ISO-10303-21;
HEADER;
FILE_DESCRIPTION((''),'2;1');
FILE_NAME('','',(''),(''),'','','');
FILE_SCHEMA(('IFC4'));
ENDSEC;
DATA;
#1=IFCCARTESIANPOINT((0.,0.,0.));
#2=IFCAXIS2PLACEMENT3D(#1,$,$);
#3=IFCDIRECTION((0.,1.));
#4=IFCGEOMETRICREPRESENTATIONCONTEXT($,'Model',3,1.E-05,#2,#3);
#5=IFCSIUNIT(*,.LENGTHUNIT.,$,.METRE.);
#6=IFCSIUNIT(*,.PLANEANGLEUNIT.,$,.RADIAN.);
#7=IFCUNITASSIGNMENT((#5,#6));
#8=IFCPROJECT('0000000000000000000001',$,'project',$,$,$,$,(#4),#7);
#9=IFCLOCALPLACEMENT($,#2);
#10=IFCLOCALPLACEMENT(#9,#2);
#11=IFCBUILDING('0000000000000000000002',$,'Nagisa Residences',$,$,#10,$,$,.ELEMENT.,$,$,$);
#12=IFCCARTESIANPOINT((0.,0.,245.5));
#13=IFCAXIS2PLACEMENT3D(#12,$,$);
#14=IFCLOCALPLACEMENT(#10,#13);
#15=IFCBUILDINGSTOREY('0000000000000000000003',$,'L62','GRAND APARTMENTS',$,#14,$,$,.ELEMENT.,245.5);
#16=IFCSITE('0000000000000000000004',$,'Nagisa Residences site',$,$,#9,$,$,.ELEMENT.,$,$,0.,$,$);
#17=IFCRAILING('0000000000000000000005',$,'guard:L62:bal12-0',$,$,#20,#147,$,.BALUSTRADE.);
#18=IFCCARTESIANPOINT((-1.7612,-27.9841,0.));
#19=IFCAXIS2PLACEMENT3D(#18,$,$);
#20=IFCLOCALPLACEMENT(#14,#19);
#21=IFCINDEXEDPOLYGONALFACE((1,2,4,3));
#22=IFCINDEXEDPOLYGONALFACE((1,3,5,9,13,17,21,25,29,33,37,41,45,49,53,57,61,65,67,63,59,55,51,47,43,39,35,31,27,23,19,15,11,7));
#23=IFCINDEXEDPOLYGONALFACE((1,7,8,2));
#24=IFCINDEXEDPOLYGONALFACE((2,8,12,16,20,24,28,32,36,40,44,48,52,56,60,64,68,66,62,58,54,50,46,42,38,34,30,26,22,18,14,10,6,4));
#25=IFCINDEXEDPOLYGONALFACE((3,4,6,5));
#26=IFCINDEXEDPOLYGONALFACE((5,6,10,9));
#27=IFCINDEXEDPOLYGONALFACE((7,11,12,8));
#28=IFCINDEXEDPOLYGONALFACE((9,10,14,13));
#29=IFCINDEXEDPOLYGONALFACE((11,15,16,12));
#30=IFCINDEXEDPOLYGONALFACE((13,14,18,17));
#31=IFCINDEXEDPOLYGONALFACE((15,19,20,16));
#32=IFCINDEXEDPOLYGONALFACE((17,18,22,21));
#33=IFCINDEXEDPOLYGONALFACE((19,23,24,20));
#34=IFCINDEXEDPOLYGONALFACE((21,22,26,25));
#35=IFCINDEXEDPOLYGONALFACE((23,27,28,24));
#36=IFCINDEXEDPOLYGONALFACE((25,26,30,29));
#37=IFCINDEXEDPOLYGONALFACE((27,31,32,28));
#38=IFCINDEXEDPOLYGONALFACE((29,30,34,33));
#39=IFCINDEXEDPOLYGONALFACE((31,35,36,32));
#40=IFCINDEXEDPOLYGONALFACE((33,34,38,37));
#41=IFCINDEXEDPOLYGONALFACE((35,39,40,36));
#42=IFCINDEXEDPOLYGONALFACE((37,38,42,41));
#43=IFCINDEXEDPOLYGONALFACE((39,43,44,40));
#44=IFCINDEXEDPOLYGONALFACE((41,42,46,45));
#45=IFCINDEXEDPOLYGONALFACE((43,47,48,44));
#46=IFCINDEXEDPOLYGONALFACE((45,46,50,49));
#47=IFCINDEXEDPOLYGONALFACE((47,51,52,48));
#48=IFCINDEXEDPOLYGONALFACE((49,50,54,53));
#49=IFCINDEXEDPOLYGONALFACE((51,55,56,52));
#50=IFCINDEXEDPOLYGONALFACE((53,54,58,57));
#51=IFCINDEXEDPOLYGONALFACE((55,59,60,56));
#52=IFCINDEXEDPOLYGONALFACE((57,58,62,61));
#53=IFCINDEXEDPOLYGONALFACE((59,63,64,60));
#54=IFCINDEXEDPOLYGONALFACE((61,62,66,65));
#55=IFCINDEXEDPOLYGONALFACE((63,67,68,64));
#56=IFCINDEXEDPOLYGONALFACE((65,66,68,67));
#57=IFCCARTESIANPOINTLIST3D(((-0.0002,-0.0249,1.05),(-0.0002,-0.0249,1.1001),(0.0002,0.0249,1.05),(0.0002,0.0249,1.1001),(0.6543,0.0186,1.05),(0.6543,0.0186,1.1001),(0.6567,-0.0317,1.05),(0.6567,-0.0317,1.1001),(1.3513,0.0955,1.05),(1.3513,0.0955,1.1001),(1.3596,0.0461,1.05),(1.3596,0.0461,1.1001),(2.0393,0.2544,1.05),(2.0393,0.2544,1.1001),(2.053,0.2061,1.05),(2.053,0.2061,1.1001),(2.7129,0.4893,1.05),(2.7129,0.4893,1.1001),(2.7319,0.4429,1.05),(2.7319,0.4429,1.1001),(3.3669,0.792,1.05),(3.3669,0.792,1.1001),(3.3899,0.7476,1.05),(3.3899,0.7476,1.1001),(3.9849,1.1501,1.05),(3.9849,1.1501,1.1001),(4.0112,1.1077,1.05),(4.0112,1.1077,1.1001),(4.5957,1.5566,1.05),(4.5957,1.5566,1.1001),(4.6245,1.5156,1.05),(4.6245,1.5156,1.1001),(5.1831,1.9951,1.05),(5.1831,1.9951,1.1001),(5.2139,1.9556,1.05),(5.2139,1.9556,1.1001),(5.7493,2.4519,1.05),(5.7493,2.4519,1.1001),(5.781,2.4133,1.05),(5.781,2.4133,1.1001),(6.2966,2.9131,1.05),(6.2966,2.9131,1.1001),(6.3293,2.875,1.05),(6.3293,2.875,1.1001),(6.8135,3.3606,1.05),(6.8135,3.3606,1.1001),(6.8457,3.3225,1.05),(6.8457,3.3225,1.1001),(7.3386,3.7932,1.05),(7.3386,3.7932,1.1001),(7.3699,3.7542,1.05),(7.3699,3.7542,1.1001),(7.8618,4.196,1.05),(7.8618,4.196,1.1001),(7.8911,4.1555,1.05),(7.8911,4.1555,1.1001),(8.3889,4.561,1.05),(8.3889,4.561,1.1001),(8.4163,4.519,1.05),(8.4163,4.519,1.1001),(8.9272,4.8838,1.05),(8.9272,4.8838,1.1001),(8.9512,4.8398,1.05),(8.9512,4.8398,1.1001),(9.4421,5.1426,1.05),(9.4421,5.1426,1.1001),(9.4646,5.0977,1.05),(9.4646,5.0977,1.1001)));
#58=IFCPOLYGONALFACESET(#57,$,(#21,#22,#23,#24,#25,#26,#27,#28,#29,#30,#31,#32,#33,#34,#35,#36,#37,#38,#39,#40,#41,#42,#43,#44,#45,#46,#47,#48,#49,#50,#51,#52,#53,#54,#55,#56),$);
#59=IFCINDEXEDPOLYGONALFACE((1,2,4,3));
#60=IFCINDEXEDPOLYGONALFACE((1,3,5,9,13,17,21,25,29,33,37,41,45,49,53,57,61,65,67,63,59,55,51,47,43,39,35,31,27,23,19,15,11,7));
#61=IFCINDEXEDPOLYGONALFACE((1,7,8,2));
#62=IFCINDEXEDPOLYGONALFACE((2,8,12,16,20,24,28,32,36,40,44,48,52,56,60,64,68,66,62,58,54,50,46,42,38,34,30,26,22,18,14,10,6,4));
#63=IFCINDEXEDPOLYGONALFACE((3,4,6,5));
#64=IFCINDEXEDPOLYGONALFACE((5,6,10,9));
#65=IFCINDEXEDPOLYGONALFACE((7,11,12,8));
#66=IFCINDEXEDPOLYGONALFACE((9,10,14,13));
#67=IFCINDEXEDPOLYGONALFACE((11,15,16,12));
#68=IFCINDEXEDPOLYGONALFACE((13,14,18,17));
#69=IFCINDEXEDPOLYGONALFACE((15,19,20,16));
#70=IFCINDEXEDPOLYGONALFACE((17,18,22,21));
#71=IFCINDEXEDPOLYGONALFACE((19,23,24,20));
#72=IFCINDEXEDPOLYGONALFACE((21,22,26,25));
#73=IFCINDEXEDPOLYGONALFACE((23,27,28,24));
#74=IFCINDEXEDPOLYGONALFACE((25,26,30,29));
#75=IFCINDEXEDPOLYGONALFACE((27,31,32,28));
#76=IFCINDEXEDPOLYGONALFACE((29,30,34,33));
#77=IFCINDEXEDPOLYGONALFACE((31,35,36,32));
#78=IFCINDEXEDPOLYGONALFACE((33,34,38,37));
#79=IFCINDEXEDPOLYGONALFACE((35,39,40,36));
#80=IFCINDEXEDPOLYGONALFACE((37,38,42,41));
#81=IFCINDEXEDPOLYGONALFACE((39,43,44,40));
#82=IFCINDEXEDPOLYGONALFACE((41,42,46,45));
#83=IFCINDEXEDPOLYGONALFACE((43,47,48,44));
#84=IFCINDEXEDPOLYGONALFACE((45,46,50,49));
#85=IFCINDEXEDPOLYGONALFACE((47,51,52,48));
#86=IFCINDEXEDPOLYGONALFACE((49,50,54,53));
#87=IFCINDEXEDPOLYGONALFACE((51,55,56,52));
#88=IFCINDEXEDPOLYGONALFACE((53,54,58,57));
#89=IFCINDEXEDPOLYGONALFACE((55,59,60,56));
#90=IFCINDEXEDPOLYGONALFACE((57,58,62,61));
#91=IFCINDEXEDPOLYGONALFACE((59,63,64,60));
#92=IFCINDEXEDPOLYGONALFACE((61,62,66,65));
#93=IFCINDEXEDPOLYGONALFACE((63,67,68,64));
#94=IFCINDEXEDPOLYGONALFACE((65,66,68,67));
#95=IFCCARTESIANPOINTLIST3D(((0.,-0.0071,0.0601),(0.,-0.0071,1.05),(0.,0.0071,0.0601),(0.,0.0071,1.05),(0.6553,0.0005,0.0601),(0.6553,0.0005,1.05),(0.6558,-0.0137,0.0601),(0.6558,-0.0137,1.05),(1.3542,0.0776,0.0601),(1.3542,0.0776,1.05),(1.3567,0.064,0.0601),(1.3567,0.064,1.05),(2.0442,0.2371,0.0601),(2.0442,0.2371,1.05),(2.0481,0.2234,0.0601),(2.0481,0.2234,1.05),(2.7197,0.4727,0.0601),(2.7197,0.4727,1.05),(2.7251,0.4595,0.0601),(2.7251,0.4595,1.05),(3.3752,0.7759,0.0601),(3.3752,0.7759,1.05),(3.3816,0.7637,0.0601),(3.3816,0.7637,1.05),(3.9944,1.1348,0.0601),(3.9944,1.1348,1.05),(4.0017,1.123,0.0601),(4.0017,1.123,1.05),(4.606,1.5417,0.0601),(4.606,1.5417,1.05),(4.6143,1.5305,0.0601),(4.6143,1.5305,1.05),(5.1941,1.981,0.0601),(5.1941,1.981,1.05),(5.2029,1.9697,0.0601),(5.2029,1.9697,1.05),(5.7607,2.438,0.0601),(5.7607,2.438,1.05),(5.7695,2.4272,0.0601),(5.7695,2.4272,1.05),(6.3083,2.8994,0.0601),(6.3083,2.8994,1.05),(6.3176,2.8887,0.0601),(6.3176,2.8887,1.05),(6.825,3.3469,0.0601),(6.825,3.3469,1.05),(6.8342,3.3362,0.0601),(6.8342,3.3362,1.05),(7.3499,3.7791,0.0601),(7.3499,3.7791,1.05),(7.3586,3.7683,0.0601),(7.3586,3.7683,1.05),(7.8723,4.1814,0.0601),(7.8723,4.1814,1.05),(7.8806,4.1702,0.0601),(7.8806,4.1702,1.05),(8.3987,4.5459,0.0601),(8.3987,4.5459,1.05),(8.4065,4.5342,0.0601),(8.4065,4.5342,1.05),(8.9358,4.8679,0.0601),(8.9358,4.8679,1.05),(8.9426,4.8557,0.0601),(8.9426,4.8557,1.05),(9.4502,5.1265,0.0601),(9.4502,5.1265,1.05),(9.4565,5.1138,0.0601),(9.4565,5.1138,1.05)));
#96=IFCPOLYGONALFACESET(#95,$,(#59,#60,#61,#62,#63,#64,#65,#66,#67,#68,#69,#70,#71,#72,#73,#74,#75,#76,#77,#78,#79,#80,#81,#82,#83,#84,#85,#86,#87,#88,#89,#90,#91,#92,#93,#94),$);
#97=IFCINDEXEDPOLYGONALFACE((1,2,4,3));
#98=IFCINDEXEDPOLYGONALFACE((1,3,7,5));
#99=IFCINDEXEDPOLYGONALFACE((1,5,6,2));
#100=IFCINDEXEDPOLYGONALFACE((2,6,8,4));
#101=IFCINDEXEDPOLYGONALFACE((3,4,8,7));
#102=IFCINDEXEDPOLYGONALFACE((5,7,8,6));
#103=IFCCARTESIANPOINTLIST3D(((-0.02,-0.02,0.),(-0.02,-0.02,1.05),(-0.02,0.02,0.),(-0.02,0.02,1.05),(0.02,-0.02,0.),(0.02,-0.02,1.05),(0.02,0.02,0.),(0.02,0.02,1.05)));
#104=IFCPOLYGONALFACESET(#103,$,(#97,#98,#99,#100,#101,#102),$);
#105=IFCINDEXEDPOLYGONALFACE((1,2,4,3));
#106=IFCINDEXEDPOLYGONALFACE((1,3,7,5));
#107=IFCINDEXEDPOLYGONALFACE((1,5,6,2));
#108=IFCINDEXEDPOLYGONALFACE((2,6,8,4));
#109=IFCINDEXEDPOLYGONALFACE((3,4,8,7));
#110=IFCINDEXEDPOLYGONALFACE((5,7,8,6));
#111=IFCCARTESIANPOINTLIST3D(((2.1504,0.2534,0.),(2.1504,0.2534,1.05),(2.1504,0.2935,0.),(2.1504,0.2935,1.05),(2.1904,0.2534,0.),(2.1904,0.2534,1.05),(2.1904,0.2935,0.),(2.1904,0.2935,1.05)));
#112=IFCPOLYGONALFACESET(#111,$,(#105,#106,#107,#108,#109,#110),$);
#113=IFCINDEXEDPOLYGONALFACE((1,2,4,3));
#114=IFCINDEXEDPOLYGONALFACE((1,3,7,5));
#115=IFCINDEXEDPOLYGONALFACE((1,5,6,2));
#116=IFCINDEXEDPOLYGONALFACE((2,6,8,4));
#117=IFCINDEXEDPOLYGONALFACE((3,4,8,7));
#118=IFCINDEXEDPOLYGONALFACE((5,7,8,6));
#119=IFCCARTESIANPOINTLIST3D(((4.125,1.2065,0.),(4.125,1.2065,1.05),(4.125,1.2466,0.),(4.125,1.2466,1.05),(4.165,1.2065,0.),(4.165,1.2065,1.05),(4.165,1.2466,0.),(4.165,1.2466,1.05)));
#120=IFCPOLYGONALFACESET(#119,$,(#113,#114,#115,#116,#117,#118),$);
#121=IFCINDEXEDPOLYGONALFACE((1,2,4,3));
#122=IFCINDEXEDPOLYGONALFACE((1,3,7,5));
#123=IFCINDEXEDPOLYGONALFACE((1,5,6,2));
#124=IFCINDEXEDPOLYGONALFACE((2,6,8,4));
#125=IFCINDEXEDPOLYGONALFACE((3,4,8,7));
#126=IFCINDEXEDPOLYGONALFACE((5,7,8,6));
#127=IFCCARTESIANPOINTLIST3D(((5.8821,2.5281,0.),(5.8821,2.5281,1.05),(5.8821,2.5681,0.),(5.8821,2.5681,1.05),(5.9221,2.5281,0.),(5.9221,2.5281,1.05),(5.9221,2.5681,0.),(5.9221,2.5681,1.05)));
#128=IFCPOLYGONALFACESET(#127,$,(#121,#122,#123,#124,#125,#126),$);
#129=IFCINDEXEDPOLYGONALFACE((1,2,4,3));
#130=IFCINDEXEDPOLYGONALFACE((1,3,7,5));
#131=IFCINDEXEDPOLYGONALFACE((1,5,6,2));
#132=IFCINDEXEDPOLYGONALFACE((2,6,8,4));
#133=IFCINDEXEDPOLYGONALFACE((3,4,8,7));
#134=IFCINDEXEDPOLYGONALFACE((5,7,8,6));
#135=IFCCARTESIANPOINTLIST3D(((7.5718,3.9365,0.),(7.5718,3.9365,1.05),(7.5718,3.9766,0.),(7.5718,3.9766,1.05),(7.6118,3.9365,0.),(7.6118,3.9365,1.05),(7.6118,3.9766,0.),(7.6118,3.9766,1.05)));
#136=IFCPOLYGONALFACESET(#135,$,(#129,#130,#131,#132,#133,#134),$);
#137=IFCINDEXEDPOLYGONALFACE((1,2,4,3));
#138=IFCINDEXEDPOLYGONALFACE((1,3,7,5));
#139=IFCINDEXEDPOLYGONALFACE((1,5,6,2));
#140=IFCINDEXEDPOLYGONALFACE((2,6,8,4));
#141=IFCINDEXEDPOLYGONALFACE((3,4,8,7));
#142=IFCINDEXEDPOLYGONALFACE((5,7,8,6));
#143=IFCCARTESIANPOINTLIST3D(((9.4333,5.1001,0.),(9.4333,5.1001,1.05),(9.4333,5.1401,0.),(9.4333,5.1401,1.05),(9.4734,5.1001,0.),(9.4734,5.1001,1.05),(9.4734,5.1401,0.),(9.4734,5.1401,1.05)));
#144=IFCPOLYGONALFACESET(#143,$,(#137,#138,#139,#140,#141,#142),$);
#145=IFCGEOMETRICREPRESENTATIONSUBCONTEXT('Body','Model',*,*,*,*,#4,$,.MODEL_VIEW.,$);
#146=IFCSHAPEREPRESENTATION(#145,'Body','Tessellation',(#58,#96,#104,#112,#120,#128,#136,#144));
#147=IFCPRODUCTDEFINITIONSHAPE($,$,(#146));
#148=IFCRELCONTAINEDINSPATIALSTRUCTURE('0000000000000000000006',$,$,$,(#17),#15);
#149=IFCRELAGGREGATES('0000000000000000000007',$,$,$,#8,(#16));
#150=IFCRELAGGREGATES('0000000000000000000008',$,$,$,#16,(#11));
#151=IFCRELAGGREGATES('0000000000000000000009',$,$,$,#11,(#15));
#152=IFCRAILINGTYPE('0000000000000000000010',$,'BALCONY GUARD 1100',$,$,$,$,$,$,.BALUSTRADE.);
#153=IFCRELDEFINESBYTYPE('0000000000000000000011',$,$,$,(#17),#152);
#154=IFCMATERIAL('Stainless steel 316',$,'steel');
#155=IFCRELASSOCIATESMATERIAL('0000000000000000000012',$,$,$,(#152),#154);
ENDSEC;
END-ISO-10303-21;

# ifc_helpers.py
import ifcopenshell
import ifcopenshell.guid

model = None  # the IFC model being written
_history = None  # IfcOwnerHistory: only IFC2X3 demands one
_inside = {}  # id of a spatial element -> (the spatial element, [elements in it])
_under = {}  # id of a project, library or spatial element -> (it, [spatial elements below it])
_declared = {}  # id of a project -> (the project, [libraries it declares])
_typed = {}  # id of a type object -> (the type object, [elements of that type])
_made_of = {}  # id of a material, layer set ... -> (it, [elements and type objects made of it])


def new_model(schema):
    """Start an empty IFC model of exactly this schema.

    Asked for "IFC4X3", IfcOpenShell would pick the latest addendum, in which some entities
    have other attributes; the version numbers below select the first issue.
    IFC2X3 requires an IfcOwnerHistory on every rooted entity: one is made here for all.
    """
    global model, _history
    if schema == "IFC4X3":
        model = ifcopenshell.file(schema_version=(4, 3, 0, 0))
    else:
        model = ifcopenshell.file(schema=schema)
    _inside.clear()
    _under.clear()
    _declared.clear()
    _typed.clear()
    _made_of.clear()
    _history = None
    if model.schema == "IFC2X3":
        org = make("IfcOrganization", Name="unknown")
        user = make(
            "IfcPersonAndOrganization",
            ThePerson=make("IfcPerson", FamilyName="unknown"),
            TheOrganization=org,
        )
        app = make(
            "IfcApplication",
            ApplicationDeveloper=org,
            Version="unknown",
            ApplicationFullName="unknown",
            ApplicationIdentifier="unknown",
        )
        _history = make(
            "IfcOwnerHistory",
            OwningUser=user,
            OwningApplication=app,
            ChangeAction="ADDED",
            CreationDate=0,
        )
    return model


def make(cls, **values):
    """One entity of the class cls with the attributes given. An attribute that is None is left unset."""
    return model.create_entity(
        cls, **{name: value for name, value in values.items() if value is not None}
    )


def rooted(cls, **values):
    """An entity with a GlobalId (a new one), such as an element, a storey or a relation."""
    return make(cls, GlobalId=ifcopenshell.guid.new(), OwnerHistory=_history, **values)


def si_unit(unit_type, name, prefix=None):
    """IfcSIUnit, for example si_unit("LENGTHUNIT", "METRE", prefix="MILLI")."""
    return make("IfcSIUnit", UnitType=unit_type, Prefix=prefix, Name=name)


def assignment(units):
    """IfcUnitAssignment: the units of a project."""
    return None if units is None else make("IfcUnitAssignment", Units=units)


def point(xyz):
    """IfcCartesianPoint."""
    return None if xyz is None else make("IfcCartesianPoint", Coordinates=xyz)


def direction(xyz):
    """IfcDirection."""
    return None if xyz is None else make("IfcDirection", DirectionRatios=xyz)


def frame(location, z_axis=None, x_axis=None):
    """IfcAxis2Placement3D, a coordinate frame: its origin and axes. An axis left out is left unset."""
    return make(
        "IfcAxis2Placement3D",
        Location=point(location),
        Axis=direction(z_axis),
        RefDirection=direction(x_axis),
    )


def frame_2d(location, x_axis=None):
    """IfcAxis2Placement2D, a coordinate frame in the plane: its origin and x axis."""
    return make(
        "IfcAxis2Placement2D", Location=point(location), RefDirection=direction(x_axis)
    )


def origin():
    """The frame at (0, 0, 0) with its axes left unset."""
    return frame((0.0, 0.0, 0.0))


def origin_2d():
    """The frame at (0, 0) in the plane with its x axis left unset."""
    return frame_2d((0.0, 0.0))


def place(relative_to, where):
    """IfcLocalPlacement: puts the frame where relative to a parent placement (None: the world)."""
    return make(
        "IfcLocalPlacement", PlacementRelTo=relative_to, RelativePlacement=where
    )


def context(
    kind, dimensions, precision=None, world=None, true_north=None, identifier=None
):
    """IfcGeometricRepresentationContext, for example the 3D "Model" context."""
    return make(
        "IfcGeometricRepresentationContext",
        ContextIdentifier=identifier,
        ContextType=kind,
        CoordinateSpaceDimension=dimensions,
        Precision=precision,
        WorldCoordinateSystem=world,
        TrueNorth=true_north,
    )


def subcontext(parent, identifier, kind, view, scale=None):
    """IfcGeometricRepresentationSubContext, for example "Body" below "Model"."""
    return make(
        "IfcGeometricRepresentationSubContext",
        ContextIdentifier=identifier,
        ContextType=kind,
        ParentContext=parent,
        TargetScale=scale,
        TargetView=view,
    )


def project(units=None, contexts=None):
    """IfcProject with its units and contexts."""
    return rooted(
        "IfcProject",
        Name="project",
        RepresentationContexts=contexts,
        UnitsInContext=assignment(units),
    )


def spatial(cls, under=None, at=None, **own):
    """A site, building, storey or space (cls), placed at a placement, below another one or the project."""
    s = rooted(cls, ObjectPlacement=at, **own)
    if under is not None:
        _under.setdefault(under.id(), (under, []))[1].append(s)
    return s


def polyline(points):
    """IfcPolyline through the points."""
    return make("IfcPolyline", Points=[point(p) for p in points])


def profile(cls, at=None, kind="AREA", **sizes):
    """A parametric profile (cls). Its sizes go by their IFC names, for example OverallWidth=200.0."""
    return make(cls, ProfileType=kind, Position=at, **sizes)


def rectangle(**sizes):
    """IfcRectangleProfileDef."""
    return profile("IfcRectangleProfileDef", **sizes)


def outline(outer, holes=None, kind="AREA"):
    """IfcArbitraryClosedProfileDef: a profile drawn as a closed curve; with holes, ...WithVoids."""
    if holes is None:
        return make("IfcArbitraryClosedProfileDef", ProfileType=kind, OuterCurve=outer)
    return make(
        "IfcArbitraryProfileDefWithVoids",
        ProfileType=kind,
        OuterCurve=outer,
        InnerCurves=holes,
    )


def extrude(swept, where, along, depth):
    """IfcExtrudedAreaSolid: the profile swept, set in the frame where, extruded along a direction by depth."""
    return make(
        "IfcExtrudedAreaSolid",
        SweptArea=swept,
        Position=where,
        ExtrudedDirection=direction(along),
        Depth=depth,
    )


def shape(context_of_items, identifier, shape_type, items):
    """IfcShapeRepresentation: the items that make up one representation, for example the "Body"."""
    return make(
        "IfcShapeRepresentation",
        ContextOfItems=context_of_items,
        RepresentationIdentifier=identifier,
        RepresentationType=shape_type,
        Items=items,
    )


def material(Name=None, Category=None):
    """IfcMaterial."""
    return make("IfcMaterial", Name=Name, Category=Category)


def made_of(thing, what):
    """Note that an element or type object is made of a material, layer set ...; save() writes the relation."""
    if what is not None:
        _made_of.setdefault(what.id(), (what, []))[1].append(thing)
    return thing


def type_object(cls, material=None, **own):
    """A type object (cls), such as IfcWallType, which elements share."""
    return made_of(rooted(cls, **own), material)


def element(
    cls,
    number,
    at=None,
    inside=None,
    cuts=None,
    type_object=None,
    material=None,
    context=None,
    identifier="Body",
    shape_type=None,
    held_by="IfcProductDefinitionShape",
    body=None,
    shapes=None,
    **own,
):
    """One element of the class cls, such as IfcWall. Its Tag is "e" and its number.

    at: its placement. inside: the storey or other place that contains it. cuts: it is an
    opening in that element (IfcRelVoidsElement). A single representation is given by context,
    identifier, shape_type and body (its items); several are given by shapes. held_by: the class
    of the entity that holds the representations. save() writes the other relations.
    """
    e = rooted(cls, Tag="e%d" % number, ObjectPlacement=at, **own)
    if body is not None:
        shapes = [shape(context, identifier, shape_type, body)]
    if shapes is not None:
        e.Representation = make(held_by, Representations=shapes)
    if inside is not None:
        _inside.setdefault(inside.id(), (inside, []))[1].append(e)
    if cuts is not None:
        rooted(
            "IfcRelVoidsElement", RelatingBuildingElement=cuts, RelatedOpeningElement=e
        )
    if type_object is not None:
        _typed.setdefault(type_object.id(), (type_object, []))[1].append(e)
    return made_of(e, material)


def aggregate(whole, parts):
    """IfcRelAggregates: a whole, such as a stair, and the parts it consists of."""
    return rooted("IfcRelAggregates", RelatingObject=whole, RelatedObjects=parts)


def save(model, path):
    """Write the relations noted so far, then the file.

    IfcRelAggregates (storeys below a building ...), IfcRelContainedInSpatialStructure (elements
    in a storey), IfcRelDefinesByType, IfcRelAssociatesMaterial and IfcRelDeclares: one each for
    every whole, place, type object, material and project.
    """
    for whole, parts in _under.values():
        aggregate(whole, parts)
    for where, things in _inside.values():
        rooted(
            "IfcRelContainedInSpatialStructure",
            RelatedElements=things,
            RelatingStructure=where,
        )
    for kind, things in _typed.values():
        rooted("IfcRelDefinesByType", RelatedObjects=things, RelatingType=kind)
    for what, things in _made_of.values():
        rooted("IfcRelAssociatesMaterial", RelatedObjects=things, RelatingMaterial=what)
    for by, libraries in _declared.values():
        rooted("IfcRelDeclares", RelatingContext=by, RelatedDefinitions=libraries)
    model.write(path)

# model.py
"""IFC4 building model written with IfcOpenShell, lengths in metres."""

from ifc_helpers import new_model, si_unit, direction, frame, origin, origin_2d, place, context, subcontext, project, spatial, polyline, rectangle, outline, extrude, material, type_object, element, save


model = new_model("IFC4")

# Units and contexts
model_context = context("Model", 3, precision=1e-05, world=origin(), true_north=direction((0.0, 1.0)))
body_context = subcontext(model_context, "Body", "Model", "MODEL_VIEW")
ifc_project = project(units=[si_unit("LENGTHUNIT", "METRE"), si_unit("PLANEANGLEUNIT", "RADIAN")], contexts=[model_context])

# Site, building, storey
site_placement = place(None, origin())
site = spatial("IfcSite", under=ifc_project, at=site_placement, Name="Nagisa Residences site", CompositionType="ELEMENT", RefElevation=0.0)
building_placement = place(site_placement, origin())
building = spatial("IfcBuilding", under=site, at=building_placement, Name="Nagisa Residences", CompositionType="ELEMENT")
storey_placement = place(building_placement, frame((0.0, 0.0, 245.5)))
storey = spatial("IfcBuildingStorey", under=building, at=storey_placement, Name="L62", Description="GRAND APARTMENTS", CompositionType="ELEMENT", Elevation=245.5)

# Railing
ifc_material_1 = material(Name="Stainless steel 316", Category="steel")
railing_type = type_object("IfcRailingType", Name="BALCONY GUARD 1100", PredefinedType="BALUSTRADE", material=ifc_material_1)
railing_placement = place(storey_placement, frame((-1.7612, -27.9841, 0.0)))
element("IfcRailing", 1, at=railing_placement, inside=storey, type_object=railing_type, Name="guard:L62:bal12-0", PredefinedType="BALUSTRADE", context=body_context, shape_type="SweptSolid", body=[
    extrude(outline(polyline([(0.6543, 0.0186), (0.0002, 0.0249), (-0.0002, -0.0249), (0.6567, -0.0317), (1.3596, 0.0461), (2.053, 0.2061), (2.7319, 0.4429), (3.3899, 0.7476), (4.0112, 1.1077), (4.6245, 1.5156), (5.2139, 1.9556), (5.781, 2.4133), (6.3293, 2.875), (6.8457, 3.3225), (7.3699, 3.7542), (7.8911, 4.1555), (8.4163, 4.519), (8.9512, 4.8398), (9.4646, 5.0977), (9.4421, 5.1426), (8.9272, 4.8838), (8.3889, 4.561), (7.8618, 4.196), (7.3386, 3.7932), (6.8135, 3.3606), (6.2966, 2.9131), (5.7493, 2.4519), (5.1831, 1.9951), (4.5957, 1.5566), (3.9849, 1.1501), (3.3669, 0.792), (2.7129, 0.4893), (2.0393, 0.2544), (1.3513, 0.0955), (0.6543, 0.0186)])), frame((0.0, 0.0, 1.05)), (0.0, 0.0, 1.0), 0.05),
    extrude(outline(polyline([(0.6553, 0.0005), (0.0, 0.0071), (0.0, -0.0071), (0.6558, -0.0137), (1.3567, 0.064), (2.0481, 0.2234), (2.7251, 0.4595), (3.3816, 0.7637), (4.0017, 1.123), (4.6143, 1.5305), (5.2029, 1.9697), (5.7695, 2.4272), (6.3176, 2.8887), (6.8342, 3.3362), (7.3586, 3.7683), (7.8806, 4.1702), (8.4065, 4.5342), (8.9426, 4.8557), (9.4565, 5.1138), (9.4502, 5.1265), (8.9358, 4.8679), (8.3987, 4.5459), (7.8723, 4.1814), (7.3499, 3.7791), (6.825, 3.3469), (6.3083, 2.8994), (5.7607, 2.438), (5.1941, 1.981), (4.606, 1.5417), (3.9944, 1.1348), (3.3752, 0.7759), (2.7197, 0.4727), (2.0442, 0.2371), (1.3542, 0.0776), (0.6553, 0.0005)])), frame((0.0, 0.0, 0.0601)), (0.0, 0.0, 1.0), 0.99),
    extrude(rectangle(XDim=0.04, YDim=0.04, at=origin_2d()), origin(), (0.0, 0.0, 1.0), 1.05),
    extrude(rectangle(XDim=0.04, YDim=0.04, at=origin_2d()), frame((2.1704, 0.2734, 0.0)), (0.0, 0.0, 1.0), 1.05),
    extrude(rectangle(XDim=0.04, YDim=0.04, at=origin_2d()), frame((4.145, 1.2266, 0.0)), (0.0, 0.0, 1.0), 1.05),
    extrude(rectangle(XDim=0.04, YDim=0.04, at=origin_2d()), frame((5.9021, 2.5481, 0.0)), (0.0, 0.0, 1.0), 1.05),
    extrude(rectangle(XDim=0.04, YDim=0.04, at=origin_2d()), frame((7.5918, 3.9565, 0.0)), (0.0, 0.0, 1.0), 1.05),
    extrude(rectangle(XDim=0.04, YDim=0.04, at=origin_2d()), frame((9.4534, 5.1201, 0.0)), (0.0, 0.0, 1.0), 1.05),
])

save(model, "model.ifc")
